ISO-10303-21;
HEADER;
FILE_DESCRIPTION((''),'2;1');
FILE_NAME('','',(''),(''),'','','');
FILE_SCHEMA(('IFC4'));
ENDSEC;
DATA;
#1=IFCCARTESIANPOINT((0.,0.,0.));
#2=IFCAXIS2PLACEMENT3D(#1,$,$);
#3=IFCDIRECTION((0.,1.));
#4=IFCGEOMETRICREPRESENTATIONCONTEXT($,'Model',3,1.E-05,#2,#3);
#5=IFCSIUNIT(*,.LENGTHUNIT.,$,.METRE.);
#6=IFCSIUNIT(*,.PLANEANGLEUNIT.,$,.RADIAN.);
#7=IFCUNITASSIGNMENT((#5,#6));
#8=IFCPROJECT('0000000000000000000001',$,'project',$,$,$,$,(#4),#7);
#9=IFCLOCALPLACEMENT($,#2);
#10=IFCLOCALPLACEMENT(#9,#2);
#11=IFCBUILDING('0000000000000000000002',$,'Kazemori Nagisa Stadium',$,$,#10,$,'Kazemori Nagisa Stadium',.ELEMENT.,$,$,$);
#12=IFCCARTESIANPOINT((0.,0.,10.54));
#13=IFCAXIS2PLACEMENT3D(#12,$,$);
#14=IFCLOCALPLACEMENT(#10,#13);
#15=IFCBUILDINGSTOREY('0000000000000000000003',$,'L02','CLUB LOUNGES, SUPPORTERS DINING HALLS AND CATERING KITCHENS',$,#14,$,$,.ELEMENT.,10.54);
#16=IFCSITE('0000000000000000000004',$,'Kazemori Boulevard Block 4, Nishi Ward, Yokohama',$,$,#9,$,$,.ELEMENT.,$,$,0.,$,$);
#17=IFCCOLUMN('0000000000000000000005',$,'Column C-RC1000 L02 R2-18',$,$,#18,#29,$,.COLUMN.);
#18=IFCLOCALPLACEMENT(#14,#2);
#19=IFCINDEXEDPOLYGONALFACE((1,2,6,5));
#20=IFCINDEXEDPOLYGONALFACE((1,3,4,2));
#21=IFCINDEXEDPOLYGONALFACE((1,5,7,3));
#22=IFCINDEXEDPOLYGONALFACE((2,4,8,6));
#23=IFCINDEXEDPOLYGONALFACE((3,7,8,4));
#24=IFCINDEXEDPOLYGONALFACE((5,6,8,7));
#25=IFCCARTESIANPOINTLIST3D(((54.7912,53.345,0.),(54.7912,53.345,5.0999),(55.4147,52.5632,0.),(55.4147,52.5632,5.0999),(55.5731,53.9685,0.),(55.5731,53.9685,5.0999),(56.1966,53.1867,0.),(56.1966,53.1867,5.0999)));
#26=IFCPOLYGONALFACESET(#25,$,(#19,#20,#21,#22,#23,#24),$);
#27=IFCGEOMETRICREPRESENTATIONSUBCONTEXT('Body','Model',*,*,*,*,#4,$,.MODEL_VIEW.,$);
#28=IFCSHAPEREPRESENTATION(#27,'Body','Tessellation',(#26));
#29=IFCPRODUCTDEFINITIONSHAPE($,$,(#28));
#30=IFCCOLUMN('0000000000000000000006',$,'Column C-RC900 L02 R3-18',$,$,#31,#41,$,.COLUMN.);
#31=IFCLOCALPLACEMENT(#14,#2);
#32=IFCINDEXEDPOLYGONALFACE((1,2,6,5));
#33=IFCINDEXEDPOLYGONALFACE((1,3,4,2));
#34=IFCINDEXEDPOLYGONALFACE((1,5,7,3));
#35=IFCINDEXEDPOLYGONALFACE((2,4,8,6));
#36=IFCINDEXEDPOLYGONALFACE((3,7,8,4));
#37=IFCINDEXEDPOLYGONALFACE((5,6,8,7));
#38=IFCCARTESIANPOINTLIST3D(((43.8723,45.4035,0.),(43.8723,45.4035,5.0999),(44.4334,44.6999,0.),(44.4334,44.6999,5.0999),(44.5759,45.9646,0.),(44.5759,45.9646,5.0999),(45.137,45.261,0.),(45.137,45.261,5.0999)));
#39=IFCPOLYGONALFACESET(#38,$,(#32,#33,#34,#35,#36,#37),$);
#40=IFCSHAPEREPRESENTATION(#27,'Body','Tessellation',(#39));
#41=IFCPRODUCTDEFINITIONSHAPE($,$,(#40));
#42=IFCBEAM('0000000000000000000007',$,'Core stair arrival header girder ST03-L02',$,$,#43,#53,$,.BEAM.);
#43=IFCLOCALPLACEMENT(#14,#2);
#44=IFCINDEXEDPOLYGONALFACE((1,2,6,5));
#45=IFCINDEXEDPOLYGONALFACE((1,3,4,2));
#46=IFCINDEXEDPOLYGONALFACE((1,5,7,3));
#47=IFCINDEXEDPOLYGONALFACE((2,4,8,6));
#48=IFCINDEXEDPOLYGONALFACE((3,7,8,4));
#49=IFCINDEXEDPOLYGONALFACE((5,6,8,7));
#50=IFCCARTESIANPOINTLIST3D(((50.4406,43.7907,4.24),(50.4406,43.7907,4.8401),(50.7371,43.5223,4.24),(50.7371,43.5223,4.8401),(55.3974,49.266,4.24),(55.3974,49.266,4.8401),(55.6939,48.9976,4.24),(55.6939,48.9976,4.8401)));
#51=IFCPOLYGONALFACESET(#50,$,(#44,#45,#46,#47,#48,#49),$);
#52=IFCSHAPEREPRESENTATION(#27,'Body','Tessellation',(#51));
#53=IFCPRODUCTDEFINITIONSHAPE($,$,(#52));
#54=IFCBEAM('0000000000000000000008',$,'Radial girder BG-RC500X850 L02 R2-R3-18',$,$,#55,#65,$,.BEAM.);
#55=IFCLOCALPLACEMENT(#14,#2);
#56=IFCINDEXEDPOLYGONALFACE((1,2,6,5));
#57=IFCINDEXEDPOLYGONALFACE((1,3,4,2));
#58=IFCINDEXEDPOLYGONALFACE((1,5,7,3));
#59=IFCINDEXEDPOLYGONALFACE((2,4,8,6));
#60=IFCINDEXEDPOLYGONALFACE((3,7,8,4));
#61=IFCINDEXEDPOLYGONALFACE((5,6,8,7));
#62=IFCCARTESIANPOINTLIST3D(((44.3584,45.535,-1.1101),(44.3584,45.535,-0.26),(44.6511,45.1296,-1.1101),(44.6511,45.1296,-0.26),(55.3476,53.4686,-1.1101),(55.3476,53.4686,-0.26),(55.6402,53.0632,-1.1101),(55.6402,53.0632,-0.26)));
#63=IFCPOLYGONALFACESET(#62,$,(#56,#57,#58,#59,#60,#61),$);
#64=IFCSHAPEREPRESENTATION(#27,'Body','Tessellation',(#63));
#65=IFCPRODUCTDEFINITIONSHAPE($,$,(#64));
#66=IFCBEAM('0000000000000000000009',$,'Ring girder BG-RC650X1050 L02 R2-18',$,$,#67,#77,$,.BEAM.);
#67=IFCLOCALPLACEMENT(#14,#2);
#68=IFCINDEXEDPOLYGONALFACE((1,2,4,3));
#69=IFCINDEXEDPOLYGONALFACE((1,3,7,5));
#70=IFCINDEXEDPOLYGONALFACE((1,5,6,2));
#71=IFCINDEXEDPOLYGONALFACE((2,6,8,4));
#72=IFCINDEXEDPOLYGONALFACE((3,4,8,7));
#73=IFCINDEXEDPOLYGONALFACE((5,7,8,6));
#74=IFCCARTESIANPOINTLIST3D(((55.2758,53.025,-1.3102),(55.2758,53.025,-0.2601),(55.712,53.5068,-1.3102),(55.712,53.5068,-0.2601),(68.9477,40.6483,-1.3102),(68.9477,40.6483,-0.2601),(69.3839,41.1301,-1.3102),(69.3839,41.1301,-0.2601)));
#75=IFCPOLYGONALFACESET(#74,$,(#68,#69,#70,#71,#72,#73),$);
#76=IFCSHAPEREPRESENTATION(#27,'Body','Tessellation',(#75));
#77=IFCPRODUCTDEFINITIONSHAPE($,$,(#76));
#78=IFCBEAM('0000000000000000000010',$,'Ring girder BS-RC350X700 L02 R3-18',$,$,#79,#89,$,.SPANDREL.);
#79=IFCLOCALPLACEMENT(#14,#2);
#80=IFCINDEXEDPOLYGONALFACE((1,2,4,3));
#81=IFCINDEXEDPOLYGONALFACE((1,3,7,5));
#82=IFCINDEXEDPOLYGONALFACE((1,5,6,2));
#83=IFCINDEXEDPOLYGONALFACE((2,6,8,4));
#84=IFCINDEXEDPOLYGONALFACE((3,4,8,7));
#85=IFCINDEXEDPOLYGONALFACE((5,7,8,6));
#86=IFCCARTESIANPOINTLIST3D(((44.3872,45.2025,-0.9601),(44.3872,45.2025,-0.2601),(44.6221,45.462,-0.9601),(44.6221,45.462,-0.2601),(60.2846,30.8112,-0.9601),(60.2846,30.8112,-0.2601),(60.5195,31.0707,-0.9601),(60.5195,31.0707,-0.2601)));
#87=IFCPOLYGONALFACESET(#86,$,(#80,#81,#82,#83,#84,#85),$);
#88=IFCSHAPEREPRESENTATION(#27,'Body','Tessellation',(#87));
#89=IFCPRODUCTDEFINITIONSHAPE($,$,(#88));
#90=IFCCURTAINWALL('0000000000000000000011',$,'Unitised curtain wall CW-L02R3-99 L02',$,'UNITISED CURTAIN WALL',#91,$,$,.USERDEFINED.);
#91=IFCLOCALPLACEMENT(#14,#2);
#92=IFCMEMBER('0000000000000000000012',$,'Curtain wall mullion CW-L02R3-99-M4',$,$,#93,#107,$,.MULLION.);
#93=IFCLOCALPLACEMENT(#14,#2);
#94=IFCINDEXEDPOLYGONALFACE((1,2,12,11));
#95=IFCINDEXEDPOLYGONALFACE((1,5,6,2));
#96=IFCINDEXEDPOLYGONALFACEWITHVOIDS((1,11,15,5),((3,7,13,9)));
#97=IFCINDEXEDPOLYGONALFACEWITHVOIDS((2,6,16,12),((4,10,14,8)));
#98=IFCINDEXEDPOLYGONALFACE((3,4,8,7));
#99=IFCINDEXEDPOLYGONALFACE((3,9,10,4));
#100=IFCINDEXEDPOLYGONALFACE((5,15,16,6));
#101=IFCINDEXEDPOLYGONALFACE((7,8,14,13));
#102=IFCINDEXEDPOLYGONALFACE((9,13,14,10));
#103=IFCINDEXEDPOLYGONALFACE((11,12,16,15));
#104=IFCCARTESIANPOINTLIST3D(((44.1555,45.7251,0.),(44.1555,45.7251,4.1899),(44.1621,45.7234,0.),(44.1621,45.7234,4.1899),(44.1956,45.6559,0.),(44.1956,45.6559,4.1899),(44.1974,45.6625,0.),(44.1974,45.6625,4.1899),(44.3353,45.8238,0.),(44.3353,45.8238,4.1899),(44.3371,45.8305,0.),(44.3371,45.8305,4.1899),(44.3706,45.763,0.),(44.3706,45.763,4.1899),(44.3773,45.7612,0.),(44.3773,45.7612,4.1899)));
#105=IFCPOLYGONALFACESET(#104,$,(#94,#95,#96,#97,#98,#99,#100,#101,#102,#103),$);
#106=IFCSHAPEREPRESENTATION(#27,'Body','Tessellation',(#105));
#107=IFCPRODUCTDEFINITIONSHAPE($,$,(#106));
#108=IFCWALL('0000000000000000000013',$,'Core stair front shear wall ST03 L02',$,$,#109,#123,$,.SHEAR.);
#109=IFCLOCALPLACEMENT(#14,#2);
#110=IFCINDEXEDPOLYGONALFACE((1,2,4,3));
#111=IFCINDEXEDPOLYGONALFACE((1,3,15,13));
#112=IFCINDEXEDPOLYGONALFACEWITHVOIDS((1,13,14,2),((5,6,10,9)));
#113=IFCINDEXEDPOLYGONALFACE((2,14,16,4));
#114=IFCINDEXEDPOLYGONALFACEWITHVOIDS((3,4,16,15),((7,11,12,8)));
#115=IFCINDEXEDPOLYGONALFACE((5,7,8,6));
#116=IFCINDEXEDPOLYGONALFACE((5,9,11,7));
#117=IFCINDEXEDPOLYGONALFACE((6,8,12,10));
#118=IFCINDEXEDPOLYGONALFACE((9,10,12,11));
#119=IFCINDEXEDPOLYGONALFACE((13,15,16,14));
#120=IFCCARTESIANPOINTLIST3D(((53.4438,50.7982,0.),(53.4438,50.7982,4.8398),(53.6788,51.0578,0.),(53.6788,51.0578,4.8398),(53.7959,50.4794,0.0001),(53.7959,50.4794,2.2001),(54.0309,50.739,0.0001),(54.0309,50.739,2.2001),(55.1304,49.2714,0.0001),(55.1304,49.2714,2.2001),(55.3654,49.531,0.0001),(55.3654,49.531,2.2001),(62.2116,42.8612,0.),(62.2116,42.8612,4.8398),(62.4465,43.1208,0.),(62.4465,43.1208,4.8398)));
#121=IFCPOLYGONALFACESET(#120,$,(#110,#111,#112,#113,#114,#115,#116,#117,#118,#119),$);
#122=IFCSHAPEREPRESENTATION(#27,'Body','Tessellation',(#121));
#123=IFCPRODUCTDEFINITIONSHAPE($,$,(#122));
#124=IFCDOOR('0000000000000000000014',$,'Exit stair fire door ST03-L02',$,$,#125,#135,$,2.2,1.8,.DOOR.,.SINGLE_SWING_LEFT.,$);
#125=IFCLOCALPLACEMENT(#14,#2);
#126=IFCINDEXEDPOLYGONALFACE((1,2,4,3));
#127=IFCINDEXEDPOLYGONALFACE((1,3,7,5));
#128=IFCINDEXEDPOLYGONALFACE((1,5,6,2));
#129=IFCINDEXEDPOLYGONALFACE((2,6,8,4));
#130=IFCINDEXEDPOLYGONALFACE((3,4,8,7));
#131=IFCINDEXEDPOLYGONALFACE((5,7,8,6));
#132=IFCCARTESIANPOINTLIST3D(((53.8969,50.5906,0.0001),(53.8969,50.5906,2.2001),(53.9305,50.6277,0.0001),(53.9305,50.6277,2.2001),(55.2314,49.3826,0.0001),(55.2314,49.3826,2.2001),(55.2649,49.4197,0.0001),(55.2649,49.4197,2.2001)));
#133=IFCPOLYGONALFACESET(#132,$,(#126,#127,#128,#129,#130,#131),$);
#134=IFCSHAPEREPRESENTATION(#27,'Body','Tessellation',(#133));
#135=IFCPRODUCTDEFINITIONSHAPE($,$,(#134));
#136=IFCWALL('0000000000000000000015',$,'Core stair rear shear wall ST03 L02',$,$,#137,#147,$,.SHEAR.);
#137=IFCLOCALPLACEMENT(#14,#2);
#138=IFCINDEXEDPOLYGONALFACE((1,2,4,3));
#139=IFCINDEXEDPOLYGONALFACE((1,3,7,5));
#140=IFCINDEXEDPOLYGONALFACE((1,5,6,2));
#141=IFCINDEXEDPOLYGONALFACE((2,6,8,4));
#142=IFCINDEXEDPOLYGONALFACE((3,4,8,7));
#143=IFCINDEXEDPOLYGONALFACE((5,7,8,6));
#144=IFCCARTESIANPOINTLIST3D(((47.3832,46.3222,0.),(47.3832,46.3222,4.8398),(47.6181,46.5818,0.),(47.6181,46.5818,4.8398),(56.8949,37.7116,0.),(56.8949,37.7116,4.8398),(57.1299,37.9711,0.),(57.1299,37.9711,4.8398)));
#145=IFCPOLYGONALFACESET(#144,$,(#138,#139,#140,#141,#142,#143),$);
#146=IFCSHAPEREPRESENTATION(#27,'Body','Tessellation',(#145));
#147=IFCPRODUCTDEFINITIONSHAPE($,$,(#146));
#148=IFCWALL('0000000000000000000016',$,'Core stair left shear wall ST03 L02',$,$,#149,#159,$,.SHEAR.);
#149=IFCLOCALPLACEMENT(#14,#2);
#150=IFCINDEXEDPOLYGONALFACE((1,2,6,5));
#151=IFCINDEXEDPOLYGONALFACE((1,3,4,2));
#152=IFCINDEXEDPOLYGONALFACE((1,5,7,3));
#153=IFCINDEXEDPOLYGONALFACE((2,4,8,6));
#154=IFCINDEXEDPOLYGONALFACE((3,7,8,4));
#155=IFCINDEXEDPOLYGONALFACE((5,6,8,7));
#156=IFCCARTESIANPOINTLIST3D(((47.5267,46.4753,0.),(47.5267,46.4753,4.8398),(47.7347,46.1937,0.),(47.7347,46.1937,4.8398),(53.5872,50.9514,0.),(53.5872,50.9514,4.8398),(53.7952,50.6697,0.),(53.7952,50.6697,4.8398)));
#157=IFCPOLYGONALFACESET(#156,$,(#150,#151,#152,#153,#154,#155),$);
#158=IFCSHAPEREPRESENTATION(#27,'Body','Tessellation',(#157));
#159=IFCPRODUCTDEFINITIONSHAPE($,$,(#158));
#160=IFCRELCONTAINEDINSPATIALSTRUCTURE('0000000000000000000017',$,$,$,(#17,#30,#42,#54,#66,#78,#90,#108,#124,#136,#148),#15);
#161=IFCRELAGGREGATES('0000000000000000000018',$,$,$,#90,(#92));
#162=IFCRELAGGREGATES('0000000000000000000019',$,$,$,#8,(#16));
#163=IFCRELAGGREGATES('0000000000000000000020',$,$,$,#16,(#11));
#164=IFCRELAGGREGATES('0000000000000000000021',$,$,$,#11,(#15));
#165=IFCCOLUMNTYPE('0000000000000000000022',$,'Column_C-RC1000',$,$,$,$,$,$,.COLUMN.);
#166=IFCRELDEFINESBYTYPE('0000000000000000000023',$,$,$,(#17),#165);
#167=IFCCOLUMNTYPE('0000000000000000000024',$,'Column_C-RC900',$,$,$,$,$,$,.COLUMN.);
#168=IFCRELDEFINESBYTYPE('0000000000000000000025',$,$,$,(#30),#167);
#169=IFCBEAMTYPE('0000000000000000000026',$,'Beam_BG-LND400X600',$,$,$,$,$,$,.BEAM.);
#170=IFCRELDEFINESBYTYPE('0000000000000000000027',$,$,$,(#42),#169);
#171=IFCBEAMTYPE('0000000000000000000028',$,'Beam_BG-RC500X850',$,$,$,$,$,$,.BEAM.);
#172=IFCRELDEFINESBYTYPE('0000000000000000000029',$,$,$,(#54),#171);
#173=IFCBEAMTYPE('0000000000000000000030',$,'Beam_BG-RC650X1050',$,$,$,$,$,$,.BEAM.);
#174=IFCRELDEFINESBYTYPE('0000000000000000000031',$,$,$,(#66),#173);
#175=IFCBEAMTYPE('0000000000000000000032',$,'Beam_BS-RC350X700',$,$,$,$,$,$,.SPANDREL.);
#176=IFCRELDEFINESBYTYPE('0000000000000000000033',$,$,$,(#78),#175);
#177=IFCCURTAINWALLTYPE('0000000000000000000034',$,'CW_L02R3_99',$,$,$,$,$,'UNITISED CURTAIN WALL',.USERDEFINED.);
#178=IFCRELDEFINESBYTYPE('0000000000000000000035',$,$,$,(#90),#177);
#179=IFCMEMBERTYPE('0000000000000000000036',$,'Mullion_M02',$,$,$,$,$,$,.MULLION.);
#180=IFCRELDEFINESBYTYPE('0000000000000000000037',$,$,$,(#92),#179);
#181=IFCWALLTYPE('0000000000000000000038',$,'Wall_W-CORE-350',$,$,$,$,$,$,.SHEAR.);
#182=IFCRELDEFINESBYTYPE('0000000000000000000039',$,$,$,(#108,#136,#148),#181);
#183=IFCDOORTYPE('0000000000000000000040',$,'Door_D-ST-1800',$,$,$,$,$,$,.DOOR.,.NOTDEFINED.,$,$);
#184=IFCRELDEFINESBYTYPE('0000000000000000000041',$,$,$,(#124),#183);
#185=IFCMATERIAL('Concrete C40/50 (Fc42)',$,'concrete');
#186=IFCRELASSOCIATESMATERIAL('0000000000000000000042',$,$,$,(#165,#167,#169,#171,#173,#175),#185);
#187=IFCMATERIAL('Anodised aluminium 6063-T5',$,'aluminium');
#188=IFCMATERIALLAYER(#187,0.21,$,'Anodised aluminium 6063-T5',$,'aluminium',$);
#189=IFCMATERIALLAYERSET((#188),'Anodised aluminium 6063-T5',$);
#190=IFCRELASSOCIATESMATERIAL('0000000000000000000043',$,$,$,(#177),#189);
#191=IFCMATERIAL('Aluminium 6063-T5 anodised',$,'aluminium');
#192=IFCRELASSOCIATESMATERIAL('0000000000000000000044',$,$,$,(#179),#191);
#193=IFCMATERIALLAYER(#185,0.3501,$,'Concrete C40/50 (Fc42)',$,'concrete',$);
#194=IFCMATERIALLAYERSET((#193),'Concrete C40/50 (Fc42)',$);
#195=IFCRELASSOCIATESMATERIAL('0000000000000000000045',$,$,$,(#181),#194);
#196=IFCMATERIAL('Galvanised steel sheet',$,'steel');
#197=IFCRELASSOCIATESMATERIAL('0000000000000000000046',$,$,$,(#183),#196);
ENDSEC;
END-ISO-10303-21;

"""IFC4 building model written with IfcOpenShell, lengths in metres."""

from ifc_helpers import new_model, si_unit, direction, frame, frame_2d, origin, origin_2d, place, context, subcontext, project, spatial, rectangle, hollow_rectangle, extrude, material, layer, layer_set, material_profile, profile_set, type_object, element, fill, aggregate, save


model = new_model("IFC4")

# Units and contexts
model_context = context("Model", 3, precision=1e-05, world=origin(), true_north=direction((0.0, 1.0)))
body_context = subcontext(model_context, "Body", "Model", "MODEL_VIEW")
ifc_project = project(units=[si_unit("LENGTHUNIT", "METRE"), si_unit("PLANEANGLEUNIT", "RADIAN")], contexts=[model_context])

# Site, building, storey
site_placement = place(None, origin())
site = spatial("IfcSite", under=ifc_project, at=site_placement, Name="Kazemori Boulevard Block 4, Nishi Ward, Yokohama", CompositionType="ELEMENT", RefElevation=0.0)
building_placement = place(site_placement, origin())
building = spatial("IfcBuilding", under=site, at=building_placement, Name="Kazemori Nagisa Stadium", LongName="Kazemori Nagisa Stadium", CompositionType="ELEMENT")
storey_placement = place(building_placement, frame((0.0, 0.0, 10.54)))
storey = spatial("IfcBuildingStorey", under=building, at=storey_placement, Name="L02", Description="CLUB LOUNGES, SUPPORTERS DINING HALLS AND CATERING KITCHENS", CompositionType="ELEMENT", Elevation=10.54)

# Columns
ifc_material_1 = material(Name="Concrete C40/50 (Fc42)", Category="concrete")
ifc_material_profile_1 = material_profile(ifc_material_1, rectangle(XDim=1.0, YDim=1.0, at=origin_2d()), Name="RC-COL-1000x1000")
ifc_profile_set_1 = profile_set([ifc_material_profile_1], Name="Concrete C40/50 (Fc42)")
column_type_1 = type_object("IfcColumnType", Name="Column_C-RC1000", PredefinedType="COLUMN", material=ifc_profile_set_1)
column_1_placement = place(storey_placement, frame((55.4939, 53.2659, 0.0), z_axis=(0.0, 0.0, 1.0), x_axis=(-0.781831, -0.62349, 0.0)))
element("IfcColumn", 1, at=column_1_placement, inside=storey, type_object=column_type_1, Name="Column C-RC1000 L02 R2-18", PredefinedType="COLUMN", context=body_context, shape_type="SweptSolid", body=[
    extrude(rectangle(XDim=1.0, YDim=1.0, at=origin_2d()), origin(), (0.0, 0.0, 1.0), 5.0999),
])
ifc_material_profile_2 = material_profile(ifc_material_1, rectangle(XDim=0.8999, YDim=0.8999, at=origin_2d()), Name="RC-COL-900x900")
ifc_profile_set_2 = profile_set([ifc_material_profile_2], Name="Concrete C40/50 (Fc42)")
column_type_2 = type_object("IfcColumnType", Name="Column_C-RC900", PredefinedType="COLUMN", material=ifc_profile_set_2)
column_2_placement = place(storey_placement, frame((44.5046, 45.3323, 0.0), z_axis=(0.0, 0.0, 1.0), x_axis=(-0.781831, -0.62349, 0.0)))
element("IfcColumn", 2, at=column_2_placement, inside=storey, type_object=column_type_2, Name="Column C-RC900 L02 R3-18", PredefinedType="COLUMN", context=body_context, shape_type="SweptSolid", body=[
    extrude(rectangle(XDim=0.8999, YDim=0.8999, at=origin_2d()), origin(), (0.0, 0.0, 1.0), 5.0999),
])

# Beams
ifc_material_profile_3 = material_profile(ifc_material_1, rectangle(XDim=0.3999, YDim=0.6001, at=origin_2d()), Name="RC-BM-400x600")
ifc_profile_set_3 = profile_set([ifc_material_profile_3], Name="Concrete C40/50 (Fc42)")
beam_type_1 = type_object("IfcBeamType", Name="Beam_BG-LND400X600", PredefinedType="BEAM", material=ifc_profile_set_3)
beam_1_placement = place(storey_placement, frame((55.5457, 49.1318, 4.54), z_axis=(-0.67113, -0.74134, 0.0), x_axis=(0.74134, -0.67113, 0.0)))
element("IfcBeam", 3, at=beam_1_placement, inside=storey, type_object=beam_type_1, Name="Core stair arrival header girder ST03-L02", PredefinedType="BEAM", context=body_context, shape_type="SweptSolid", body=[
    extrude(rectangle(XDim=0.3999, YDim=0.6001, at=origin_2d()), origin(), (0.0, 0.0, 1.0), 7.3857),
])
ifc_material_profile_4 = material_profile(ifc_material_1, rectangle(XDim=0.5, YDim=0.8501, at=origin_2d()), Name="RC-BM-500x850")
ifc_profile_set_4 = profile_set([ifc_material_profile_4], Name="Concrete C40/50 (Fc42)")
beam_type_2 = type_object("IfcBeamType", Name="Beam_BG-RC500X850", PredefinedType="BEAM", material=ifc_profile_set_4)
beam_2_placement = place(storey_placement, frame((55.4939, 53.2659, -0.6851), z_axis=(-0.810788, -0.585341, 0.0), x_axis=(0.585341, -0.810788, 0.0)))
element("IfcBeam", 4, at=beam_2_placement, inside=storey, type_object=beam_type_2, Name="Radial girder BG-RC500X850 L02 R2-R3-18", PredefinedType="BEAM", context=body_context, shape_type="SweptSolid", body=[
    extrude(rectangle(XDim=0.5, YDim=0.8501, at=origin_2d()), origin(), (0.0, 0.0, 1.0), 13.5537),
])
ifc_material_profile_5 = material_profile(ifc_material_1, rectangle(XDim=0.6499, YDim=1.05, at=origin_2d()), Name="RC-BM-650x1050")
ifc_profile_set_5 = profile_set([ifc_material_profile_5], Name="Concrete C40/50 (Fc42)")
beam_type_3 = type_object("IfcBeamType", Name="Beam_BG-RC650X1050", PredefinedType="BEAM", material=ifc_profile_set_5)
beam_3_placement = place(storey_placement, frame((55.4939, 53.2659, -0.7852), z_axis=(0.741349, -0.67112, 0.0), x_axis=(0.67112, 0.741349, 0.0)))
element("IfcBeam", 5, at=beam_3_placement, inside=storey, type_object=beam_type_3, Name="Ring girder BG-RC650X1050 L02 R2-18", PredefinedType="BEAM", context=body_context, shape_type="SweptSolid", body=[
    extrude(rectangle(XDim=0.6499, YDim=1.05, at=origin_2d()), origin(), (0.0, 0.0, 1.0), 18.4419),
])
ifc_material_profile_6 = material_profile(ifc_material_1, rectangle(XDim=0.3501, YDim=0.7, at=origin_2d()), Name="RC-SP-350x700")
ifc_profile_set_6 = profile_set([ifc_material_profile_6], Name="Concrete C40/50 (Fc42)")
beam_type_4 = type_object("IfcBeamType", Name="Beam_BS-RC350X700", PredefinedType="SPANDREL", material=ifc_profile_set_6)
beam_4_placement = place(storey_placement, frame((44.5046, 45.3323, -0.6101), z_axis=(0.741352, -0.671117, 0.0), x_axis=(0.671117, 0.741352, 0.0)))
element("IfcBeam", 6, at=beam_4_placement, inside=storey, type_object=beam_type_4, Name="Ring girder BS-RC350X700 L02 R3-18", PredefinedType="SPANDREL", context=body_context, shape_type="SweptSolid", body=[
    extrude(rectangle(XDim=0.3501, YDim=0.7, at=origin_2d()), origin(), (0.0, 0.0, 1.0), 21.4438),
])

# Curtain wall, member
ifc_material_2 = material(Name="Anodised aluminium 6063-T5", Category="aluminium")
ifc_layer_1 = layer(ifc_material_2, 0.21, Name="Anodised aluminium 6063-T5", Category="aluminium")
ifc_layer_set_1 = layer_set([ifc_layer_1], Name="Anodised aluminium 6063-T5")
curtain_wall_type = type_object("IfcCurtainWallType", Name="CW_L02R3_99", ElementType="UNITISED CURTAIN WALL", PredefinedType="USERDEFINED", material=ifc_layer_set_1)
curtain_wall_placement = place(storey_placement, origin())
curtain_wall = element("IfcCurtainWall", 7, at=curtain_wall_placement, inside=storey, type_object=curtain_wall_type, Name="Unitised curtain wall CW-L02R3-99 L02", ObjectType="UNITISED CURTAIN WALL", PredefinedType="USERDEFINED")
ifc_material_3 = material(Name="Aluminium 6063-T5 anodised", Category="aluminium")
ifc_material_profile_7 = material_profile(ifc_material_3, hollow_rectangle(XDim=0.0801, YDim=0.21, WallThickness=0.0049, at=origin_2d()), Name="ALU-MULL-80x210x5")
ifc_profile_set_7 = profile_set([ifc_material_profile_7], Name="Aluminium 6063-T5 anodised")
member_type = type_object("IfcMemberType", Name="Mullion_M02", PredefinedType="MULLION", material=ifc_profile_set_7)
member_placement = place(storey_placement, frame((44.2664, 45.7432, 0.0), z_axis=(0.0, 0.0, 1.0), x_axis=(0.501612, -0.865093, 0.0)))
member = element("IfcMember", 8, at=member_placement, type_object=member_type, Name="Curtain wall mullion CW-L02R3-99-M4", PredefinedType="MULLION", context=body_context, shape_type="SweptSolid", body=[
    extrude(hollow_rectangle(XDim=0.0801, YDim=0.21, WallThickness=0.0049, at=origin_2d()), origin(), (0.0, 0.0, 1.0), 4.1899),
])
aggregate(curtain_wall, [member])

# Wall, opening, door
ifc_layer_2 = layer(ifc_material_1, 0.3501, Name="Concrete C40/50 (Fc42)", Category="concrete")
ifc_layer_set_2 = layer_set([ifc_layer_2], Name="Concrete C40/50 (Fc42)")
wall_type_1 = type_object("IfcWallType", Name="Wall_W-CORE-350", PredefinedType="SHEAR", material=ifc_layer_set_2)
wall_1_placement = place(storey_placement, frame((53.5613, 50.928, 0.0), z_axis=(0.0, 0.0, 1.0), x_axis=(0.741358, -0.67111, 0.0)))
wall_1 = element("IfcWall", 9, at=wall_1_placement, inside=storey, type_object=wall_type_1, Name="Core stair front shear wall ST03 L02", PredefinedType="SHEAR", context=body_context, shape_type="SweptSolid", body=[
    extrude(rectangle(XDim=11.8267, YDim=0.3501, at=frame_2d((5.9133, 0.0))), origin(), (0.0, 0.0, 1.0), 4.8398),
])
opening_1_placement = place(wall_1_placement, frame((0.4751, 0.0, 0.0)))
opening_1 = element("IfcOpeningElement", 10, at=opening_1_placement, cuts=wall_1, PredefinedType="OPENING", context=body_context, shape_type="SweptSolid", body=[
    extrude(rectangle(XDim=1.8, YDim=2.2, at=frame_2d((0.8999, 1.1001))), frame((0.0, 0.1851, 0.0), z_axis=(0.0, -1.0, 0.0), x_axis=(1.0, 0.0, 0.0)), (0.0, 0.0, 1.0), 0.3701),
])
ifc_material_4 = material(Name="Galvanised steel sheet", Category="steel")
door_type_1 = type_object("IfcDoorType", Name="Door_D-ST-1800", OperationType="NOTDEFINED", PredefinedType="DOOR", material=ifc_material_4)
door_1_placement = place(opening_1_placement, frame((1.8, 0.0, 0.0), z_axis=(0.0, 0.0, 1.0), x_axis=(-1.0, 0.0, 0.0)))
door_1 = element("IfcDoor", 11, at=door_1_placement, inside=storey, type_object=door_type_1, Name="Exit stair fire door ST03-L02", OperationType="SINGLE_SWING_LEFT", OverallHeight=2.2, OverallWidth=1.8, PredefinedType="DOOR", context=body_context, shape_type="SweptSolid", body=[
    extrude(rectangle(XDim=1.8, YDim=2.2, at=frame_2d((0.8999, 1.1001))), frame((0.0, 0.0249, 0.0), z_axis=(0.0, -1.0, 0.0), x_axis=(1.0, 0.0, 0.0)), (0.0, 0.0, 1.0), 0.05),
])
fill(opening_1, door_1)

# Walls
wall_2_placement = place(storey_placement, frame((47.5007, 46.4519, 0.0), z_axis=(0.0, 0.0, 1.0), x_axis=(0.741351, -0.671117, 0.0)))
element("IfcWall", 12, at=wall_2_placement, inside=storey, type_object=wall_type_1, Name="Core stair rear shear wall ST03 L02", PredefinedType="SHEAR", context=body_context, shape_type="SweptSolid", body=[
    extrude(rectangle(XDim=12.8303, YDim=0.3501, at=frame_2d((6.415, 0.0))), origin(), (0.0, 0.0, 1.0), 4.8398),
])
wall_3_placement = place(storey_placement, frame((53.6912, 50.8105, 0.0), z_axis=(0.0, 0.0, 1.0), x_axis=(-0.804396, -0.594094, 0.0)))
element("IfcWall", 13, at=wall_3_placement, inside=storey, type_object=wall_type_1, Name="Core stair left shear wall ST03 L02", PredefinedType="SHEAR", context=body_context, shape_type="SweptSolid", body=[
    extrude(rectangle(XDim=7.5342, YDim=0.3501, at=frame_2d((3.7671, 0.0))), origin(), (0.0, 0.0, 1.0), 4.8398),
])

save(model, "model.ifc")
